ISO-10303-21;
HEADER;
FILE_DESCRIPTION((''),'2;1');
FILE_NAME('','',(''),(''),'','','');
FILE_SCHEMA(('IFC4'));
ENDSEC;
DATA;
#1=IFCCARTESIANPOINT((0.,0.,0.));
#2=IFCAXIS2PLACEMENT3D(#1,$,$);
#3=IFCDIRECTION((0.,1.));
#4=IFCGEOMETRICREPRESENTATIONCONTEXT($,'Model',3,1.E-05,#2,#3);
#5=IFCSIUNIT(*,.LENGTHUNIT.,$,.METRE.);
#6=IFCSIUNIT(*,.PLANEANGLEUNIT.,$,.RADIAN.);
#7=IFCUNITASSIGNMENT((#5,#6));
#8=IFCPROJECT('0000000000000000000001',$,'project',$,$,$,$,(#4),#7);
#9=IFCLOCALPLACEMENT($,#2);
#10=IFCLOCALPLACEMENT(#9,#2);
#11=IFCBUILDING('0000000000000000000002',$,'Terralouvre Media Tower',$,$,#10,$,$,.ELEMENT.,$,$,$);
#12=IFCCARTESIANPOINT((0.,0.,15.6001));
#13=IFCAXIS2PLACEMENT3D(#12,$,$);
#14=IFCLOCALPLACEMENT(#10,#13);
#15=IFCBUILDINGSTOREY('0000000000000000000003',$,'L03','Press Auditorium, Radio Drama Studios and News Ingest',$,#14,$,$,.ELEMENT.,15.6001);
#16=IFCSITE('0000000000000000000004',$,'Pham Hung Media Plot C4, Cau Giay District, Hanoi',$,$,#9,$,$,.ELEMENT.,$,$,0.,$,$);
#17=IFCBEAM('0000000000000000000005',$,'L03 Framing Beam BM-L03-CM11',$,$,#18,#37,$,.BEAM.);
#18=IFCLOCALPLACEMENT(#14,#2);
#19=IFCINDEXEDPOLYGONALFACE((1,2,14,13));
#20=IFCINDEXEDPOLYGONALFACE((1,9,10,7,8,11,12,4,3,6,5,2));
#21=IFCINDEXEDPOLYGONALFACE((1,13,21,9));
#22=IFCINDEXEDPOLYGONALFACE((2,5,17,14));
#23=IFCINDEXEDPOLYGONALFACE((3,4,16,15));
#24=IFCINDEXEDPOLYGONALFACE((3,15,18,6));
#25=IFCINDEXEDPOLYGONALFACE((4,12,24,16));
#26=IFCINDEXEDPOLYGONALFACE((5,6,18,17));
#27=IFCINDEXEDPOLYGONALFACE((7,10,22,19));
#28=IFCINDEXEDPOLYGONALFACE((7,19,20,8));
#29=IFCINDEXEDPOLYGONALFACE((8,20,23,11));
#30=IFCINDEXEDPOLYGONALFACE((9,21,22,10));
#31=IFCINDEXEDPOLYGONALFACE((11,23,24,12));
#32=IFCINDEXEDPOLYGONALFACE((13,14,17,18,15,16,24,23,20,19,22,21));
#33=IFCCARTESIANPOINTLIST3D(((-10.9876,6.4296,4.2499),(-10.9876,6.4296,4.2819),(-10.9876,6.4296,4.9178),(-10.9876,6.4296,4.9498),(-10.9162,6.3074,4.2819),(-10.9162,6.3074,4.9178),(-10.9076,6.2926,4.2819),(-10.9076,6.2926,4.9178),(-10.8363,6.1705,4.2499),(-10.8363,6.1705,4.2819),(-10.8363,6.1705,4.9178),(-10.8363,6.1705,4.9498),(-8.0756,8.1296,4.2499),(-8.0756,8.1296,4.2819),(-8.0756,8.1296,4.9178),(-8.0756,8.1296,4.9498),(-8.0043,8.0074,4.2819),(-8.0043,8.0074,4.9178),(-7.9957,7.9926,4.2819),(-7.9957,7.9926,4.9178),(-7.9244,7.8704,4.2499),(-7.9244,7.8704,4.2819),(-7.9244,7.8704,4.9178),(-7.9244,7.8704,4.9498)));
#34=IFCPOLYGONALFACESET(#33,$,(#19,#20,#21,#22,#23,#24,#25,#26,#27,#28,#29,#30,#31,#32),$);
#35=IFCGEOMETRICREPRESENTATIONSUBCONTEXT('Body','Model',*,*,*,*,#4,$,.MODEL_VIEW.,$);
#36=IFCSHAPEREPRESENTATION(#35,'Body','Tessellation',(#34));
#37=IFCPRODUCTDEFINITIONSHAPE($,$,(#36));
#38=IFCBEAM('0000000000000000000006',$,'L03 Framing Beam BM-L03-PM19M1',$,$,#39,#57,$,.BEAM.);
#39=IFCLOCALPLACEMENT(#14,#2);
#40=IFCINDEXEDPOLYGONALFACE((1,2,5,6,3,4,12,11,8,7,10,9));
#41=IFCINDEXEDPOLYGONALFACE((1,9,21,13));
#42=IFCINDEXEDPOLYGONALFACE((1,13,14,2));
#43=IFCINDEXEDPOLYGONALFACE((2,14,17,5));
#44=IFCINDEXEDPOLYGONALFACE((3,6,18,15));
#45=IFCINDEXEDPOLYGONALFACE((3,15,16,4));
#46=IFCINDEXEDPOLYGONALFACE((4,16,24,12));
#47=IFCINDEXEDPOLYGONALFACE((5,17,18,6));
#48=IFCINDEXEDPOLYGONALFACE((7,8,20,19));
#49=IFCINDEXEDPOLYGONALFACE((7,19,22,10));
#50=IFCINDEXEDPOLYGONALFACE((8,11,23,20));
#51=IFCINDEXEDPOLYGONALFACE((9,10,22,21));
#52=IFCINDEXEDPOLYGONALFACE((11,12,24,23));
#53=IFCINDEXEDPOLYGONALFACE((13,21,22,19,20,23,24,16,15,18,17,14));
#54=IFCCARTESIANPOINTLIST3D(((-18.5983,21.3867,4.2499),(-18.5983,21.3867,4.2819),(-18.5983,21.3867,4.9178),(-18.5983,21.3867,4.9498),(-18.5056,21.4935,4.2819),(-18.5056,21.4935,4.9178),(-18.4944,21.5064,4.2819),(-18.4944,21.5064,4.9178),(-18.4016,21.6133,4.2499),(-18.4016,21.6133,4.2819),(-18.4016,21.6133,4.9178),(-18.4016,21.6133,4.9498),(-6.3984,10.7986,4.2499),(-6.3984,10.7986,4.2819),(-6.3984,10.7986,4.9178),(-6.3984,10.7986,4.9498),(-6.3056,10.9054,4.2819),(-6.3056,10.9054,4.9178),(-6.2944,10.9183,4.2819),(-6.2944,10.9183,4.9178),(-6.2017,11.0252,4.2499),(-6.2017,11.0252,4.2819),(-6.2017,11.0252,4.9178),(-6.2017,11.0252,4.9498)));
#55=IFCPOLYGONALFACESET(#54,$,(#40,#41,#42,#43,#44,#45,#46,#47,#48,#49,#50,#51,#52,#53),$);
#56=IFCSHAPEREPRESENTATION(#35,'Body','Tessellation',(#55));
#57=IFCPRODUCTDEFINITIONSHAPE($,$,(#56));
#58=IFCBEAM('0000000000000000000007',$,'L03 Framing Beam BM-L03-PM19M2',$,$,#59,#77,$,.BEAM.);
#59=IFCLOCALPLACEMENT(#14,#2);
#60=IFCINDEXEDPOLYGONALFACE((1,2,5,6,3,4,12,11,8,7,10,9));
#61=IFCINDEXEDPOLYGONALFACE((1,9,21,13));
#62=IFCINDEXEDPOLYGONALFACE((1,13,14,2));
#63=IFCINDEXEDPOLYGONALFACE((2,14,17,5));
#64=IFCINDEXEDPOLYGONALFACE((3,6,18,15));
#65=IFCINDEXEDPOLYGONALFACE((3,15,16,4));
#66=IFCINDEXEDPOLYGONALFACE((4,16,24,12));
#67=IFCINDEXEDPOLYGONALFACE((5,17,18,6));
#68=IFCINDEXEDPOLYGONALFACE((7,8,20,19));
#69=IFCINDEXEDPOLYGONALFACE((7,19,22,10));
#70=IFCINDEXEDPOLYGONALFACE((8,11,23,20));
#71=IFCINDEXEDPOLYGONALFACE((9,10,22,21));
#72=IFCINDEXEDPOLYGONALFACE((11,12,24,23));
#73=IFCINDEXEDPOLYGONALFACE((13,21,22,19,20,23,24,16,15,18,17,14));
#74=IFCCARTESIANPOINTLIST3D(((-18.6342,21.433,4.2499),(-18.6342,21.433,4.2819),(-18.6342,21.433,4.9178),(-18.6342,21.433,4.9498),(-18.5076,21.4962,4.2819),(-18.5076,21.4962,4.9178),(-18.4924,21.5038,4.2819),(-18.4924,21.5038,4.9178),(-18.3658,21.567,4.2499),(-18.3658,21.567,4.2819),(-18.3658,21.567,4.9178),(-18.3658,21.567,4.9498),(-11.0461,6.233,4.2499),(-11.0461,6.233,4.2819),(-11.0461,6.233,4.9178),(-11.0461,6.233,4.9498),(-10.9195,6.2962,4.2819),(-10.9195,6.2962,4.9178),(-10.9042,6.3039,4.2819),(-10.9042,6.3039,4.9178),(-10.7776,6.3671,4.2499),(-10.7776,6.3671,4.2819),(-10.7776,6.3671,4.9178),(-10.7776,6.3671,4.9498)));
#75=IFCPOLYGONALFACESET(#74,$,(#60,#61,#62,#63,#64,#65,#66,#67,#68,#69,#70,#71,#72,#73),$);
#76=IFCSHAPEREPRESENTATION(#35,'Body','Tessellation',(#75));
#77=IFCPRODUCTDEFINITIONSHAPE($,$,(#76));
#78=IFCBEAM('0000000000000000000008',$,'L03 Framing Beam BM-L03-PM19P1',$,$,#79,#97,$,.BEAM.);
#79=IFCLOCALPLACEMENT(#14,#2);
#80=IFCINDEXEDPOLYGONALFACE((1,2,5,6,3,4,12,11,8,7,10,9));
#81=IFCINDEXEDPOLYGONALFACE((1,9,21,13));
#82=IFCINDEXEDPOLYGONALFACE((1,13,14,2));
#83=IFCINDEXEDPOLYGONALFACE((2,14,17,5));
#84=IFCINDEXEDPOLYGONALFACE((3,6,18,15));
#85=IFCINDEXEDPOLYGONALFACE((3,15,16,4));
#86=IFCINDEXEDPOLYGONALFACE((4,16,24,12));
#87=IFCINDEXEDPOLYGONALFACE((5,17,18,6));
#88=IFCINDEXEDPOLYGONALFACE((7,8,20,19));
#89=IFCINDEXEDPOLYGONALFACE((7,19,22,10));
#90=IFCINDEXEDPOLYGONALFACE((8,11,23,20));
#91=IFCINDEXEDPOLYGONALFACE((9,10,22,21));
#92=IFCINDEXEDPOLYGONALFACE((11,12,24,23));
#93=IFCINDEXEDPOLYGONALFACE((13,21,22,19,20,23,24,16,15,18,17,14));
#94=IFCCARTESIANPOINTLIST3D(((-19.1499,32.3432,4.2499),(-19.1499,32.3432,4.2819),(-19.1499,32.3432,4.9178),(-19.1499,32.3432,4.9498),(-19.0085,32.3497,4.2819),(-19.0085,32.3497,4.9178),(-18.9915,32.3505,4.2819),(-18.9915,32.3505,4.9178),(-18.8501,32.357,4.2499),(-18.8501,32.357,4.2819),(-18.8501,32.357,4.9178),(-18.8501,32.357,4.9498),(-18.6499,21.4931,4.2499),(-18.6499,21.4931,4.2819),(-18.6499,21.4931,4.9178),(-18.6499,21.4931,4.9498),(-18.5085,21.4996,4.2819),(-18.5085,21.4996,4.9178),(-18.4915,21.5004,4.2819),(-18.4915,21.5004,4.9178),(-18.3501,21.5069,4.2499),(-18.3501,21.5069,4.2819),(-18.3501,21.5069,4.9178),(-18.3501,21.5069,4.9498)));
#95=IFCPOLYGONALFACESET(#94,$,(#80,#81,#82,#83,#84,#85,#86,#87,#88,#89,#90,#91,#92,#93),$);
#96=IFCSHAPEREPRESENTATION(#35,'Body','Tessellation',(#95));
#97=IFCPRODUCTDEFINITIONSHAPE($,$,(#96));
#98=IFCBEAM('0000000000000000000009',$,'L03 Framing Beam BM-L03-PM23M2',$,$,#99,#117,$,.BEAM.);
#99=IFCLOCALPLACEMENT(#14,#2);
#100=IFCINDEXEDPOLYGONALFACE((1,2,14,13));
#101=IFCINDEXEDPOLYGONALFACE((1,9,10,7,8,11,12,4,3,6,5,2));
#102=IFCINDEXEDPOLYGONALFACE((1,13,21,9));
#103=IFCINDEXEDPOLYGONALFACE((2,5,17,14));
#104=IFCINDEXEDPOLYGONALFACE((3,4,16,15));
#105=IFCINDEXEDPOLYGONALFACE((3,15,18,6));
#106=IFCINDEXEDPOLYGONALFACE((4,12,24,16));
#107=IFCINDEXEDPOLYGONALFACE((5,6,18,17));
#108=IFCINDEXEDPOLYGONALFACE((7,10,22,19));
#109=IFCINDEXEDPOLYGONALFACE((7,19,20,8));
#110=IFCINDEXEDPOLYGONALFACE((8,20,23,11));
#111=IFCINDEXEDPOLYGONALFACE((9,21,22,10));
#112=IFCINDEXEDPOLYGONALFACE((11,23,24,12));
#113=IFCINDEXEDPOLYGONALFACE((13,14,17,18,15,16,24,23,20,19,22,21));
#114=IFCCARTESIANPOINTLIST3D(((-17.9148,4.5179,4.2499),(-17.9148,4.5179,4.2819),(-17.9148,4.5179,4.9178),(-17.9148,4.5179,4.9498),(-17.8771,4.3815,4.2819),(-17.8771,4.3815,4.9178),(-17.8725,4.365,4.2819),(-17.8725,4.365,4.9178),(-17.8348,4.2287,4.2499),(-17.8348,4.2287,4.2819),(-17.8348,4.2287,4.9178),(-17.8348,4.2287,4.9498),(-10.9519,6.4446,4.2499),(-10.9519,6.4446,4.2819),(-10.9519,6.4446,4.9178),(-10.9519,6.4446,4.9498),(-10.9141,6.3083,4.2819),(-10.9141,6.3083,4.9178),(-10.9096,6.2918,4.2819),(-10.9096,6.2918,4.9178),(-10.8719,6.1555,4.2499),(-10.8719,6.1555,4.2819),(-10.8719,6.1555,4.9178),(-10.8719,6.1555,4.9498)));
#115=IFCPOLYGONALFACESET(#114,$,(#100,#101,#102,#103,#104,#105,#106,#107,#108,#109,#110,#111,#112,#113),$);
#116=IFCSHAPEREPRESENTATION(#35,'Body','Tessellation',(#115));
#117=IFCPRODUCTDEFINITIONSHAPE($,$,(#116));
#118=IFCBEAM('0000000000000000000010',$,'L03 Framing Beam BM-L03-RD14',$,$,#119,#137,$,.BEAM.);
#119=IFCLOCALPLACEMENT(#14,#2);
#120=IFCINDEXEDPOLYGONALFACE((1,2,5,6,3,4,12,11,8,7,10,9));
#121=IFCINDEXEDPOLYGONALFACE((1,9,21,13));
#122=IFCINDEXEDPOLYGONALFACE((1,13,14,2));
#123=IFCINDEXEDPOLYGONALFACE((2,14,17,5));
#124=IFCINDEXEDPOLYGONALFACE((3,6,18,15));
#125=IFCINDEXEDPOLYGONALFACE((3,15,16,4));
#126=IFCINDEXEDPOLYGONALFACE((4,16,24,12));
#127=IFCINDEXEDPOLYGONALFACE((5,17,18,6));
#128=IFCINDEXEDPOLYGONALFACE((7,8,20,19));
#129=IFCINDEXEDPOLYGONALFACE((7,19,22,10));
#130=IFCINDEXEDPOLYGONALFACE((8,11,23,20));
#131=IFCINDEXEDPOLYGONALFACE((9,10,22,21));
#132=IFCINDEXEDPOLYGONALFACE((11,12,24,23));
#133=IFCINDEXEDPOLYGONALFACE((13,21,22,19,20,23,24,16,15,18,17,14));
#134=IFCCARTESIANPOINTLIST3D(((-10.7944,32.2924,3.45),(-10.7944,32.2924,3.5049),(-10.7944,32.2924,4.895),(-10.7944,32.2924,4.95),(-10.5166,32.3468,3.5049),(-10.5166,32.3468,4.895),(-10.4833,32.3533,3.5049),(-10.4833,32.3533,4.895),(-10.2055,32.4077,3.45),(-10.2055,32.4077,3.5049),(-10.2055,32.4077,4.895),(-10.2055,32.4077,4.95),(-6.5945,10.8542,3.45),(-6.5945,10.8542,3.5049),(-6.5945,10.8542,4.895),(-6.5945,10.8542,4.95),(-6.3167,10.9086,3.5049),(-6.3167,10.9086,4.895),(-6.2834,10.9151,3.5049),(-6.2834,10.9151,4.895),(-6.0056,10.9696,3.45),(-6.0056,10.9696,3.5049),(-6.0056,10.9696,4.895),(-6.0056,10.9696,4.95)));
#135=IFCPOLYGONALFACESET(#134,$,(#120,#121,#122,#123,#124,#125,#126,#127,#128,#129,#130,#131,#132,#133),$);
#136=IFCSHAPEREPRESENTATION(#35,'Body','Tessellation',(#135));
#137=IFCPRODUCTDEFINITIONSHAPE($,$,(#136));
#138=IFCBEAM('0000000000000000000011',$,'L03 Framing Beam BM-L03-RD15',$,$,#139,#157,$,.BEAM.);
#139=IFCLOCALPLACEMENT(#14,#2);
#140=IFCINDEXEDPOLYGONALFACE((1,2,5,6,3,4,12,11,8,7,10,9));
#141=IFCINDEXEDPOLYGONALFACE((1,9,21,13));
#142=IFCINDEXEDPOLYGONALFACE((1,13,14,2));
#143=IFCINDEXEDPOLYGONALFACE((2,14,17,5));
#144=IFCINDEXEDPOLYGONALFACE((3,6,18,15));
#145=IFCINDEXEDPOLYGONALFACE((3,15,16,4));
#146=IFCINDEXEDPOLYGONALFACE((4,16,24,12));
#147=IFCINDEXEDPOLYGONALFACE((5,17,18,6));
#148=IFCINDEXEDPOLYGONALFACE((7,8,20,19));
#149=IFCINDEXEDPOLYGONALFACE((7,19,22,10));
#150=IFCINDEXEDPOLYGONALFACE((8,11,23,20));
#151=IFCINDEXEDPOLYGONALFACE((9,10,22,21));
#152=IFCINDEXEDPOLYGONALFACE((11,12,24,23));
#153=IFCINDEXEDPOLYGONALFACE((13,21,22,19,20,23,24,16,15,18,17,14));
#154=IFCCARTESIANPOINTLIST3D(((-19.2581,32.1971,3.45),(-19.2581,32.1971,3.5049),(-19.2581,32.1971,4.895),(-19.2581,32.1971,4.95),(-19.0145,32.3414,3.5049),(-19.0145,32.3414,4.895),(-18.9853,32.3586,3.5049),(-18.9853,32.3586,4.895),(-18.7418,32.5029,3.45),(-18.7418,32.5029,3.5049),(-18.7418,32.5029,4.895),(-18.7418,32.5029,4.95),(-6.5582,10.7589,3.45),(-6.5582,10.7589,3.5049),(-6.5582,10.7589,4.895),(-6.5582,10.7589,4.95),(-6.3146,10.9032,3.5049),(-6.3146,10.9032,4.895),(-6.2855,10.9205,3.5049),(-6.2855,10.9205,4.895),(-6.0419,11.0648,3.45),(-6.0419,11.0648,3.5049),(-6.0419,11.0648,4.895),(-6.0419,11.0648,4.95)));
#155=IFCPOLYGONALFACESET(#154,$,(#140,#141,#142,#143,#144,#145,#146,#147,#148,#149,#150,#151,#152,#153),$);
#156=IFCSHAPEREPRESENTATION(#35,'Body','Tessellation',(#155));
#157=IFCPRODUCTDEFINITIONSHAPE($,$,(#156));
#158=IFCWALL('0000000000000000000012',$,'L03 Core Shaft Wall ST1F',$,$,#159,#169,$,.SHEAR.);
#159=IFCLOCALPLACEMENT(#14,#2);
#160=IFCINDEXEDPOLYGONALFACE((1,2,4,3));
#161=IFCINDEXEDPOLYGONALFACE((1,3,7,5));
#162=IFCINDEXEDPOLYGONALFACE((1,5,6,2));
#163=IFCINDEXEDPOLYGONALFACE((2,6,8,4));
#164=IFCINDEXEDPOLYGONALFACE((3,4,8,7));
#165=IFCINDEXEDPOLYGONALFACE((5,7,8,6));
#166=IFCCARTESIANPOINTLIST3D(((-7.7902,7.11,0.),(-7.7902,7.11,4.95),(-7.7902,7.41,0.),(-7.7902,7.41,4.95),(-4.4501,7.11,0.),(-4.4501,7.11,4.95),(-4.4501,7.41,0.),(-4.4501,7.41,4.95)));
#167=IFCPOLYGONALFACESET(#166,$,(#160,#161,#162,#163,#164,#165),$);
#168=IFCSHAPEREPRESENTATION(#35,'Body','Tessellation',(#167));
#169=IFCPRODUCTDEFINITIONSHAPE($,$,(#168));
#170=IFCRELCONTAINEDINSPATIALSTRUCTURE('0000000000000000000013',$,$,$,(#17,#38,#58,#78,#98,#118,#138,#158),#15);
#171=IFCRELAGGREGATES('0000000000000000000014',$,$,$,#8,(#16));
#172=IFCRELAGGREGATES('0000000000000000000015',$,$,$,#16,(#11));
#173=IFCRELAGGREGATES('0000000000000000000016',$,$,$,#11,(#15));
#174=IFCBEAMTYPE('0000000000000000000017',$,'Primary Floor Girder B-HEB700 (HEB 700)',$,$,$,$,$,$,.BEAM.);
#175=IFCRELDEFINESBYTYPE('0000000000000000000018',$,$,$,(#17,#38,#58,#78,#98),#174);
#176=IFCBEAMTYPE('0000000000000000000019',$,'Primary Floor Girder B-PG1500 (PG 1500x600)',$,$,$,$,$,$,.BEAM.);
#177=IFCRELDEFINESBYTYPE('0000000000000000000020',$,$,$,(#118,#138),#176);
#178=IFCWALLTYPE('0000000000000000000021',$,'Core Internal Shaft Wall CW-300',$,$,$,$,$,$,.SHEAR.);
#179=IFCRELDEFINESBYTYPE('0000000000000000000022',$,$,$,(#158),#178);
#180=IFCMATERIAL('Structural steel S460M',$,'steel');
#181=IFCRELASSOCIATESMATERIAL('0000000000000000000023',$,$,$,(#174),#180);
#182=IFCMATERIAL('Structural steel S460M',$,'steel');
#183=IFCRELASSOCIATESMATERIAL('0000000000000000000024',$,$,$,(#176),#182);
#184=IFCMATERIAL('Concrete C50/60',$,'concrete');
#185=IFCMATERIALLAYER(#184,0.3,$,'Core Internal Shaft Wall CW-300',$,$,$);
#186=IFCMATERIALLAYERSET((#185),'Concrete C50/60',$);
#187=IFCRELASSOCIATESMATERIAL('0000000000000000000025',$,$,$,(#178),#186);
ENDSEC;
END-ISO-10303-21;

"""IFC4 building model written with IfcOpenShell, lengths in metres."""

from ifc_helpers import new_model, si_unit, direction, frame, frame_2d, origin, origin_2d, place, context, subcontext, project, spatial, rectangle, i_section, extrude, material, layer, layer_set, material_profile, profile_set, type_object, element, save


model = new_model("IFC4")

# Units and contexts
model_context = context("Model", 3, precision=1e-05, world=origin(), true_north=direction((0.0, 1.0)))
body_context = subcontext(model_context, "Body", "Model", "MODEL_VIEW")
ifc_project = project(units=[si_unit("LENGTHUNIT", "METRE"), si_unit("PLANEANGLEUNIT", "RADIAN")], contexts=[model_context])

# Site, building, storey
site_placement = place(None, origin())
site = spatial("IfcSite", under=ifc_project, at=site_placement, Name="Pham Hung Media Plot C4, Cau Giay District, Hanoi", CompositionType="ELEMENT", RefElevation=0.0)
building_placement = place(site_placement, origin())
building = spatial("IfcBuilding", under=site, at=building_placement, Name="Terralouvre Media Tower", CompositionType="ELEMENT")
storey_placement = place(building_placement, frame((0.0, 0.0, 15.6001)))
storey = spatial("IfcBuildingStorey", under=building, at=storey_placement, Name="L03", Description="Press Auditorium, Radio Drama Studios and News Ingest", CompositionType="ELEMENT", Elevation=15.6001)

# Beams
ifc_material_1 = material(Name="Structural steel S460M", Category="steel")
ifc_material_profile_1 = material_profile(ifc_material_1, i_section(OverallWidth=0.3, OverallDepth=0.7, WebThickness=0.0171, FlangeThickness=0.032, at=origin_2d()), Name="HEB 700")
ifc_profile_set_1 = profile_set([ifc_material_profile_1], Name="Structural steel S460M")
beam_type_1 = type_object("IfcBeamType", Name="Primary Floor Girder B-HEB700 (HEB 700)", PredefinedType="BEAM", material=ifc_profile_set_1)
for number, where, z_axis, x_axis, name in (
    (1, (-8.0, 8.0, 4.5999), (-0.863603, -0.504173, 0.0), (0.504173, -0.863603, 0.0), "L03 Framing Beam BM-L03-CM11"),
):
    element("IfcBeam", number, at=place(storey_placement, frame(where, z_axis=z_axis, x_axis=x_axis)), inside=storey, type_object=beam_type_1, Name=name, PredefinedType="BEAM", context=body_context, shape_type="SweptSolid", body=[
        extrude(i_section(OverallWidth=0.3, OverallDepth=0.7, WebThickness=0.0171, FlangeThickness=0.032, at=origin_2d()), origin(), (0.0, 0.0, 1.0), 3.3718),
    ])
beam_1_placement = place(storey_placement, frame((-6.3, 10.9119, 4.5999), z_axis=(-0.755234, 0.655455, 0.0), x_axis=(-0.655455, -0.755234, 0.0)))
element("IfcBeam", 2, at=beam_1_placement, inside=storey, type_object=beam_type_1, Name="L03 Framing Beam BM-L03-PM19M1", PredefinedType="BEAM", context=body_context, shape_type="SweptSolid", body=[
    extrude(i_section(OverallWidth=0.3, OverallDepth=0.7, WebThickness=0.0171, FlangeThickness=0.032, at=origin_2d()), origin(), (0.0, 0.0, 1.0), 16.1538),
])
beam_2_placement = place(storey_placement, frame((-10.9119, 6.3, 4.5999), z_axis=(-0.446656, 0.894706, 0.0), x_axis=(-0.894706, -0.446656, 0.0)))
element("IfcBeam", 3, at=beam_2_placement, inside=storey, type_object=beam_type_1, Name="L03 Framing Beam BM-L03-PM19M2", PredefinedType="BEAM", context=body_context, shape_type="SweptSolid", body=[
    extrude(i_section(OverallWidth=0.3, OverallDepth=0.7, WebThickness=0.0171, FlangeThickness=0.032, at=origin_2d()), origin(), (0.0, 0.0, 1.0), 16.9888),
])
beam_3_placement = place(storey_placement, frame((-18.5, 21.5, 4.5999), z_axis=(-0.046034, 0.99894, 0.0), x_axis=(-0.99894, -0.046034, 0.0)))
element("IfcBeam", 4, at=beam_3_placement, inside=storey, type_object=beam_type_1, Name="L03 Framing Beam BM-L03-PM19P1", PredefinedType="BEAM", context=body_context, shape_type="SweptSolid", body=[
    extrude(i_section(OverallWidth=0.3, OverallDepth=0.7, WebThickness=0.0171, FlangeThickness=0.032, at=origin_2d()), origin(), (0.0, 0.0, 1.0), 10.8616),
])
beam_4_placement = place(storey_placement, frame((-10.9119, 6.3, 4.5999), z_axis=(-0.963781, -0.266696, 0.0), x_axis=(0.266696, -0.963781, 0.0)))
element("IfcBeam", 5, at=beam_4_placement, inside=storey, type_object=beam_type_1, Name="L03 Framing Beam BM-L03-PM23M2", PredefinedType="BEAM", context=body_context, shape_type="SweptSolid", body=[
    extrude(i_section(OverallWidth=0.3, OverallDepth=0.7, WebThickness=0.0171, FlangeThickness=0.032, at=origin_2d()), origin(), (0.0, 0.0, 1.0), 7.2246),
])
ifc_material_2 = material(Name="Structural steel S460M", Category="steel")
ifc_material_profile_2 = material_profile(ifc_material_2, i_section(OverallWidth=0.6001, OverallDepth=1.5, WebThickness=0.0339, FlangeThickness=0.0549, at=origin_2d()), Name="PG 1500x600")
ifc_profile_set_2 = profile_set([ifc_material_profile_2], Name="Structural steel S460M")
beam_type_2 = type_object("IfcBeamType", Name="Primary Floor Girder B-PG1500 (PG 1500x600)", PredefinedType="BEAM", material=ifc_profile_set_2)
beam_5_placement = place(storey_placement, frame((-6.3, 10.9119, 4.2), z_axis=(-0.192255, 0.981345, 0.0), x_axis=(-0.981345, -0.192255, 0.0)))
element("IfcBeam", 6, at=beam_5_placement, inside=storey, type_object=beam_type_2, Name="L03 Framing Beam BM-L03-RD14", PredefinedType="BEAM", context=body_context, shape_type="SweptSolid", body=[
    extrude(i_section(OverallWidth=0.6001, OverallDepth=1.5, WebThickness=0.0339, FlangeThickness=0.0549, at=origin_2d()), origin(), (0.0, 0.0, 1.0), 21.8457),
])
beam_6_placement = place(storey_placement, frame((-6.3, 10.9119, 4.2), z_axis=(-0.509678, 0.860365, 0.0), x_axis=(-0.860365, -0.509678, 0.0)))
element("IfcBeam", 7, at=beam_6_placement, inside=storey, type_object=beam_type_2, Name="L03 Framing Beam BM-L03-RD15", PredefinedType="BEAM", context=body_context, shape_type="SweptSolid", body=[
    extrude(i_section(OverallWidth=0.6001, OverallDepth=1.5, WebThickness=0.0339, FlangeThickness=0.0549, at=origin_2d()), origin(), (0.0, 0.0, 1.0), 24.9175),
])

# Wall
ifc_material_3 = material(Name="Concrete C50/60", Category="concrete")
ifc_layer_1 = layer(ifc_material_3, 0.3, Name="Core Internal Shaft Wall CW-300")
ifc_layer_set_1 = layer_set([ifc_layer_1], Name="Concrete C50/60")
wall_type_1 = type_object("IfcWallType", Name="Core Internal Shaft Wall CW-300", PredefinedType="SHEAR", material=ifc_layer_set_1)
wall_1_placement = place(storey_placement, frame((-7.79, 7.26, 0.0), z_axis=(0.0, 0.0, 1.0), x_axis=(1.0, 0.0, 0.0)))
element("IfcWall", 8, at=wall_1_placement, inside=storey, type_object=wall_type_1, Name="L03 Core Shaft Wall ST1F", PredefinedType="SHEAR", context=body_context, shape_type="SweptSolid", body=[
    extrude(rectangle(XDim=3.3401, YDim=0.3, at=frame_2d((1.6699, 0.0))), origin(), (0.0, 0.0, 1.0), 4.95),
])

save(model, "model.ifc")
